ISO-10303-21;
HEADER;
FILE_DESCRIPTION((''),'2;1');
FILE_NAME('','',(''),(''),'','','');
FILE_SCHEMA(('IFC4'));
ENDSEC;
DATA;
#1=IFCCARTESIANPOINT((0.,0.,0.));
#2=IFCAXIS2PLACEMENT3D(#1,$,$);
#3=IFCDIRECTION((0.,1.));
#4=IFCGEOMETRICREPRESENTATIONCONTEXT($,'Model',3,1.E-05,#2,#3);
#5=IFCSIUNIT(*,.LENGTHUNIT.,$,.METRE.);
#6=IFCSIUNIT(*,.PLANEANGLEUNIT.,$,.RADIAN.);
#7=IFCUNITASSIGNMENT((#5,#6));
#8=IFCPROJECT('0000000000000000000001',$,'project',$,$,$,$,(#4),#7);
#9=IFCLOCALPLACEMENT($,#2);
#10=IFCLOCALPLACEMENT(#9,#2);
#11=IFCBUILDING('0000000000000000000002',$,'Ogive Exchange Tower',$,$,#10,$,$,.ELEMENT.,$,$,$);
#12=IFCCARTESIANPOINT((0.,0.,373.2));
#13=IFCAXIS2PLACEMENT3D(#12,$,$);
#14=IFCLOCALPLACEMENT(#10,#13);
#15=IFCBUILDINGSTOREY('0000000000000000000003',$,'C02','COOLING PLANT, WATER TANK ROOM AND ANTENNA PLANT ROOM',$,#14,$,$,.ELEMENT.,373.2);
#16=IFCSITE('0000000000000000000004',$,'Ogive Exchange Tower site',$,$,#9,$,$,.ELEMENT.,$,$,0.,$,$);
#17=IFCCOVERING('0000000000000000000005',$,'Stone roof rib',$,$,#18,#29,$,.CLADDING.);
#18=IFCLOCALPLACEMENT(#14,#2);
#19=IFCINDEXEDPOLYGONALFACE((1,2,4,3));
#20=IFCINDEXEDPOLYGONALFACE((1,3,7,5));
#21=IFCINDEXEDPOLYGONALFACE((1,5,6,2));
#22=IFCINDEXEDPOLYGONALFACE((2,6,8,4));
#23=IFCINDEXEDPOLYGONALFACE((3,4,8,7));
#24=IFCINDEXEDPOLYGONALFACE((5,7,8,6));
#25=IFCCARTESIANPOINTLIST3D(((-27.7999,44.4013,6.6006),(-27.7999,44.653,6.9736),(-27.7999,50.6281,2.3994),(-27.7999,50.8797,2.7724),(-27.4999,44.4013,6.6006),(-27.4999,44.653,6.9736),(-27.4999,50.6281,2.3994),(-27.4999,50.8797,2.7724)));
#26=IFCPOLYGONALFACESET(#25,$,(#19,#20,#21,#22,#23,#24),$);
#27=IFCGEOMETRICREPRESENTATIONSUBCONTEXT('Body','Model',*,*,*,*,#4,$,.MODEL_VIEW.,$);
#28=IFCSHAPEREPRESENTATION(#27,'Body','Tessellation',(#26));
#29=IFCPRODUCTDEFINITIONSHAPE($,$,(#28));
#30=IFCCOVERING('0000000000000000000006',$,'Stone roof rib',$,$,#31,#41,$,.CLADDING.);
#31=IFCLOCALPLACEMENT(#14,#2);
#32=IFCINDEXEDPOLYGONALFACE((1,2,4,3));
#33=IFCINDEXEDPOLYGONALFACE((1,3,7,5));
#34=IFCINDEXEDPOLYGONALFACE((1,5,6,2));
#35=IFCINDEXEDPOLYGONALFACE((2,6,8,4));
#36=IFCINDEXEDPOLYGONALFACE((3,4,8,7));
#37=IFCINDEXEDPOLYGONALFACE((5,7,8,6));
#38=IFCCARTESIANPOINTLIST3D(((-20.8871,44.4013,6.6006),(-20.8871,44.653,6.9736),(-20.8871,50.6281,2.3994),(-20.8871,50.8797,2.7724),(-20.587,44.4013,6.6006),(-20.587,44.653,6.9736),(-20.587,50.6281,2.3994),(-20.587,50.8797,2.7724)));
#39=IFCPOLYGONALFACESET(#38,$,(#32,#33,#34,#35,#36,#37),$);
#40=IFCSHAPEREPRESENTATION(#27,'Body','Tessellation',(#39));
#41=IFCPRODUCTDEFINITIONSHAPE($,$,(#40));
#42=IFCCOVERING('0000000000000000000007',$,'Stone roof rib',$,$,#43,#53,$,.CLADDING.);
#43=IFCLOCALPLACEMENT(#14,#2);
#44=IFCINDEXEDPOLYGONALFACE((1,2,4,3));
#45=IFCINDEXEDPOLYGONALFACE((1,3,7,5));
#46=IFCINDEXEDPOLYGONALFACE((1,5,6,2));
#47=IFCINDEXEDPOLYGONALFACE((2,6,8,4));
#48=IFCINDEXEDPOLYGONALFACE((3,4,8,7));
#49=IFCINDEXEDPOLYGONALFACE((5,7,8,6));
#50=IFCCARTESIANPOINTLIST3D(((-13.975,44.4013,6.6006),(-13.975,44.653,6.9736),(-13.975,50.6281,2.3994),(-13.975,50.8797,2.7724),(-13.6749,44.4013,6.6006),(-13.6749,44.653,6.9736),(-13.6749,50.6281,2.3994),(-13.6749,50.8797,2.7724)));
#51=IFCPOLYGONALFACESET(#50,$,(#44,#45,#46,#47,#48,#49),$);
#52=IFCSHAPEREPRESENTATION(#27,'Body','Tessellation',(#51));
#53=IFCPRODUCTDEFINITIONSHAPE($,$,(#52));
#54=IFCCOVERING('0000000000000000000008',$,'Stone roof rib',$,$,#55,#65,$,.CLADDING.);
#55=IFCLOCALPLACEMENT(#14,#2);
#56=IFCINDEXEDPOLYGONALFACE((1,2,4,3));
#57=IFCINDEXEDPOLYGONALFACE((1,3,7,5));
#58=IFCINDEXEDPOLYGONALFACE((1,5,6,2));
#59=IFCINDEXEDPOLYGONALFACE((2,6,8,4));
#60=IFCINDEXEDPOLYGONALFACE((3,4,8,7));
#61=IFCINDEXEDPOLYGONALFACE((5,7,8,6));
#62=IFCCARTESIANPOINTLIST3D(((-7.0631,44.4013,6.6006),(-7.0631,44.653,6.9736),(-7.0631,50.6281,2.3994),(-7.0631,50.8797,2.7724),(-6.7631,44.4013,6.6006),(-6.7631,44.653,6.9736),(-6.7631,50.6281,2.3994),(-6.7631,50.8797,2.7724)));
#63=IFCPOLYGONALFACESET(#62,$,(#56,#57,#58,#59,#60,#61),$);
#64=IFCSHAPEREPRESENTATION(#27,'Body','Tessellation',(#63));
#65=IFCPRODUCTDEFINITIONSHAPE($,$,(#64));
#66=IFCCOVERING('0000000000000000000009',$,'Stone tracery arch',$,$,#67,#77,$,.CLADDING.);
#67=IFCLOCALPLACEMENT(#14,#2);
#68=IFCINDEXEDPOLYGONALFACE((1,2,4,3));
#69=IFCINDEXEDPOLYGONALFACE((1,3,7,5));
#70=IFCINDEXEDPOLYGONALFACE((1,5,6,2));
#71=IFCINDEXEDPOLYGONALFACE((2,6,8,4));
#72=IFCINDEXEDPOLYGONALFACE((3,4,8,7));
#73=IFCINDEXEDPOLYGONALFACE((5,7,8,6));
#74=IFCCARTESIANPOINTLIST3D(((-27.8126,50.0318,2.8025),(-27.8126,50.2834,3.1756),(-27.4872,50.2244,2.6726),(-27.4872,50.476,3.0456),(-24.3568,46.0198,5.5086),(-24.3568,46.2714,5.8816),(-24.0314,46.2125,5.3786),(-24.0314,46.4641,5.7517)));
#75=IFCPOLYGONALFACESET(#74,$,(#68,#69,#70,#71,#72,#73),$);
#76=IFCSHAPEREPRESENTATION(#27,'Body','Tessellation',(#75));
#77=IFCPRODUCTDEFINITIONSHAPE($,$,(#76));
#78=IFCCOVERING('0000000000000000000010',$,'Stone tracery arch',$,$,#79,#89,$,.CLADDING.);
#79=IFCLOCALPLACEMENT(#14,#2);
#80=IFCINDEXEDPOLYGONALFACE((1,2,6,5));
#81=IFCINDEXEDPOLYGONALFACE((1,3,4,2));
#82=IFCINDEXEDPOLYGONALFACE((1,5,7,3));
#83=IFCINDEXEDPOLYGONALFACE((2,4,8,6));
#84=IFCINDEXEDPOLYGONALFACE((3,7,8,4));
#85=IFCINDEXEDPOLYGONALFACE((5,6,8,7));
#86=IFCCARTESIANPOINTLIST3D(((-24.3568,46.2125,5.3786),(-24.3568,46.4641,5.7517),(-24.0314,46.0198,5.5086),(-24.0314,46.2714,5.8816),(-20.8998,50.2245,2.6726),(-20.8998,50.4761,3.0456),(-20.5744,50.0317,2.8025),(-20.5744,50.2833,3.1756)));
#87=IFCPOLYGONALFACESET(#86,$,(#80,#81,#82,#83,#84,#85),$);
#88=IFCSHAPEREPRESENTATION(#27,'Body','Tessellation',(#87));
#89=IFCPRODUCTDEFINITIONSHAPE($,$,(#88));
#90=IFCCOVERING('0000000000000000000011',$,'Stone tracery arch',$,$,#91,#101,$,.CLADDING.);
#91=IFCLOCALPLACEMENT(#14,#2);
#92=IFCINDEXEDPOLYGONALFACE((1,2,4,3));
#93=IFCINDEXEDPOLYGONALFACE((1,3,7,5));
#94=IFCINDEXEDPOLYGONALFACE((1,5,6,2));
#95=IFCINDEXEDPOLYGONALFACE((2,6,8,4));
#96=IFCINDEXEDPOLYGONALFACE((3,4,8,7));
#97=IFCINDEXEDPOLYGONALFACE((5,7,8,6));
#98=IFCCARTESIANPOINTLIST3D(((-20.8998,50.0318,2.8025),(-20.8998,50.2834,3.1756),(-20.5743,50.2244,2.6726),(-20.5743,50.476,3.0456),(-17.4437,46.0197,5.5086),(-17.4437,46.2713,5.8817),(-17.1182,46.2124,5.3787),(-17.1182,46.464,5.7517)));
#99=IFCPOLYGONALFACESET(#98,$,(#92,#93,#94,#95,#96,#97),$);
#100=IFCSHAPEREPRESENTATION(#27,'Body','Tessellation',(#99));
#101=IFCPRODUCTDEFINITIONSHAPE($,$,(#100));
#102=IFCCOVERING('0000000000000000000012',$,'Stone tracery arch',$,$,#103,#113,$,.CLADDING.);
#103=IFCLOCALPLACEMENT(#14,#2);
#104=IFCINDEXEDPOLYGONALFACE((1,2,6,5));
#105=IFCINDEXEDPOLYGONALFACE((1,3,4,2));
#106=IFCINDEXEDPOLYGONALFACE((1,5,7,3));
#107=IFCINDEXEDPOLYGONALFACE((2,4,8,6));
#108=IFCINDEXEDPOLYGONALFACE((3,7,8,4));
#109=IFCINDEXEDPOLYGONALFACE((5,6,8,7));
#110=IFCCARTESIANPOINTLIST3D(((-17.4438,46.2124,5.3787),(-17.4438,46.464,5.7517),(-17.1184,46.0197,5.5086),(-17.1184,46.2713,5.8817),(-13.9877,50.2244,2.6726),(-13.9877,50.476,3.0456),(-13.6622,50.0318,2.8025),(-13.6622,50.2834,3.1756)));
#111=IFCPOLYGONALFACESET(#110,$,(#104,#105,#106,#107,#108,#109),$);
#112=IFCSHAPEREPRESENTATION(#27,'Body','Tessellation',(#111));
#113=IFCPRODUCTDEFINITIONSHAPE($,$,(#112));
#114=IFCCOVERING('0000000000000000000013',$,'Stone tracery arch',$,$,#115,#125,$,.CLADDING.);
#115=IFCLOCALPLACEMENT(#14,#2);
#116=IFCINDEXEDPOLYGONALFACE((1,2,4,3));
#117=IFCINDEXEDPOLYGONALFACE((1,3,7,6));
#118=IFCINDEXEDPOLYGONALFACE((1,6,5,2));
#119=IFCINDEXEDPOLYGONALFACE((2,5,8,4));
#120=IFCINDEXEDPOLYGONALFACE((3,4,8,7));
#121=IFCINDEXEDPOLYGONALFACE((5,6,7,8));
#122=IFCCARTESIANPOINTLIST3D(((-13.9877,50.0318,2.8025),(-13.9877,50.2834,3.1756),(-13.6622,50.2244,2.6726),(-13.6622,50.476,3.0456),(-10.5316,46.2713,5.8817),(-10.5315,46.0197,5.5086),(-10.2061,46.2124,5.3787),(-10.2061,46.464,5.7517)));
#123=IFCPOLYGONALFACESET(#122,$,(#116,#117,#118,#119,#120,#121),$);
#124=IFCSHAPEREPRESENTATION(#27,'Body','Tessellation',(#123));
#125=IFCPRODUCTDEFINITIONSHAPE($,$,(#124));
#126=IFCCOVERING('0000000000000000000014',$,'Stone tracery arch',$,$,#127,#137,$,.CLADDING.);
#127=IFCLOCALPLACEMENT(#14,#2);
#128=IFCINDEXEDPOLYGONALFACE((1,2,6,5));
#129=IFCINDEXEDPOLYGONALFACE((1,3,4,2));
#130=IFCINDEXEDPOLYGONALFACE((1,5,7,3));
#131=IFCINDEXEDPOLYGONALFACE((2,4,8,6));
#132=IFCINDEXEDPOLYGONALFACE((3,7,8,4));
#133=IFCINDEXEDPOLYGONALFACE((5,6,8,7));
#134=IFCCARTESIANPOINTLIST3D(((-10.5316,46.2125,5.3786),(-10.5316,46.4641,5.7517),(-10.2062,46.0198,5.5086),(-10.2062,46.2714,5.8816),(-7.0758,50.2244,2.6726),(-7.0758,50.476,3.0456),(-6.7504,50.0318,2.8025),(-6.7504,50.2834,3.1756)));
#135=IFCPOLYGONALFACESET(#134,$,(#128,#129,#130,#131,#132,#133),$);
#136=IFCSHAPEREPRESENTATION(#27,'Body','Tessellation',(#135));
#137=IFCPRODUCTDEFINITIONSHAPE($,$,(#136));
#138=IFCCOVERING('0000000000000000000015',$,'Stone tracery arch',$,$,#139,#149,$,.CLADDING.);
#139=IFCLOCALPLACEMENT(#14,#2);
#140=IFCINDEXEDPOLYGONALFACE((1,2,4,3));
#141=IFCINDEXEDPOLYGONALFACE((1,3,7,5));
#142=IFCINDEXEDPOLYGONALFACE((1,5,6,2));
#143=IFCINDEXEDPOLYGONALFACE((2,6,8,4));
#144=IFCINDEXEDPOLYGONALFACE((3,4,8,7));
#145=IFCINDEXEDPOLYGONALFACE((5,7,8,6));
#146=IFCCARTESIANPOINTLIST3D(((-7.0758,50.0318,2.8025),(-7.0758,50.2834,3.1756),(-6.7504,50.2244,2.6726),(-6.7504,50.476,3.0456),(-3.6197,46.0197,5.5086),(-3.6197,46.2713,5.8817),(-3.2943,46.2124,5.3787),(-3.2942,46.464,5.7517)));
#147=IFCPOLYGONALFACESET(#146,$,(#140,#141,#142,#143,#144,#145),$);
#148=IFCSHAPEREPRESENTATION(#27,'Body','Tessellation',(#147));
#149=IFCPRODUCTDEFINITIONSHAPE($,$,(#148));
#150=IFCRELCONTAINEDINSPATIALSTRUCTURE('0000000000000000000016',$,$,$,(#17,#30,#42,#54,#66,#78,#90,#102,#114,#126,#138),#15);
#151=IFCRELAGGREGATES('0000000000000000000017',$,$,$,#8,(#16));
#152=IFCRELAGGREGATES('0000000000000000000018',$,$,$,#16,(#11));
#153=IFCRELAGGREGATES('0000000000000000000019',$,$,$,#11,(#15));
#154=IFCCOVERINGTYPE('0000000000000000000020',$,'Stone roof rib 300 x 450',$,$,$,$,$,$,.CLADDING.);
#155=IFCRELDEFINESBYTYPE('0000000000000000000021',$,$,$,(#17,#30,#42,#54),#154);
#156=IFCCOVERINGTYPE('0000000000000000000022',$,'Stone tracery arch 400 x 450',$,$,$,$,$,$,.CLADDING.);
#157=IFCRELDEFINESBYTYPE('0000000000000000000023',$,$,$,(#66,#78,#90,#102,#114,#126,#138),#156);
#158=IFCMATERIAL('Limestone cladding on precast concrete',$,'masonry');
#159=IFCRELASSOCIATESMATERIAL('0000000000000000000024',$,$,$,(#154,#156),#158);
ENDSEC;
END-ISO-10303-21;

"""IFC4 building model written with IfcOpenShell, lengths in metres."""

from ifc_helpers import new_model, si_unit, direction, frame, origin, origin_2d, place, context, subcontext, project, spatial, rectangle, extrude, material, material_profile, profile_set, type_object, element, save


model = new_model("IFC4")

# Units and contexts
model_context = context("Model", 3, precision=1e-05, world=origin(), true_north=direction((0.0, 1.0)))
body_context = subcontext(model_context, "Body", "Model", "MODEL_VIEW")
ifc_project = project(units=[si_unit("LENGTHUNIT", "METRE"), si_unit("PLANEANGLEUNIT", "RADIAN")], contexts=[model_context])

# Site, building, storey
site_placement = place(None, origin())
site = spatial("IfcSite", under=ifc_project, at=site_placement, Name="Ogive Exchange Tower site", CompositionType="ELEMENT", RefElevation=0.0)
building_placement = place(site_placement, origin())
building = spatial("IfcBuilding", under=site, at=building_placement, Name="Ogive Exchange Tower", CompositionType="ELEMENT")
storey_placement = place(building_placement, frame((0.0, 0.0, 373.2)))
storey = spatial("IfcBuildingStorey", under=building, at=storey_placement, Name="C02", Description="COOLING PLANT, WATER TANK ROOM AND ANTENNA PLANT ROOM", CompositionType="ELEMENT", Elevation=373.2)

# Coverings
ifc_material_1 = material(Name="Limestone cladding on precast concrete", Category="masonry")
ifc_material_profile_1 = material_profile(ifc_material_1, rectangle(XDim=0.3, YDim=0.45, at=origin_2d()), Name="RIB 300 x 450")
ifc_profile_set_1 = profile_set([ifc_material_profile_1], Name="Limestone cladding on precast concrete")
covering_type_1 = type_object("IfcCoveringType", Name="Stone roof rib 300 x 450", PredefinedType="CLADDING", material=ifc_profile_set_1)
for number, where, z_axis, x_axis, name in (
    (1, (-27.6499, 50.7539, 2.5859), (0.0, -0.828967, 0.559297), (1.0, 0.0, 0.0), "Stone roof rib"),
    (2, (-20.7371, 50.7539, 2.5859), (0.0, -0.828967, 0.559297), (1.0, 0.0, 0.0), "Stone roof rib"),
    (3, (-13.825, 50.7539, 2.5859), (0.0, -0.828967, 0.559297), (1.0, 0.0, 0.0), "Stone roof rib"),
    (4, (-6.9131, 50.7539, 2.5859), (0.0, -0.828967, 0.559297), (1.0, 0.0, 0.0), "Stone roof rib"),
):
    element("IfcCovering", number, at=place(storey_placement, frame(where, z_axis=z_axis, x_axis=x_axis)), inside=storey, type_object=covering_type_1, Name=name, PredefinedType="CLADDING", context=body_context, shape_type="SweptSolid", body=[
        extrude(rectangle(XDim=0.3, YDim=0.45, at=origin_2d()), origin(), (0.0, 0.0, 1.0), 7.5115),
    ])
ifc_material_profile_2 = material_profile(ifc_material_1, rectangle(XDim=0.3999, YDim=0.45, at=origin_2d()), Name="TRACERY 400 x 450")
ifc_profile_set_2 = profile_set([ifc_material_profile_2], Name="Limestone cladding on precast concrete")
covering_type_2 = type_object("IfcCoveringType", Name="Stone tracery arch 400 x 450", PredefinedType="CLADDING", material=ifc_profile_set_2)
covering_1_placement = place(storey_placement, frame((-27.6499, 50.2539, 2.9241), z_axis=(0.581148, -0.674673, 0.455065), x_axis=(0.813798, 0.481769, -0.325009)))
element("IfcCovering", 5, at=covering_1_placement, inside=storey, type_object=covering_type_2, Name="Stone tracery arch", PredefinedType="CLADDING", context=body_context, shape_type="SweptSolid", body=[
    extrude(rectangle(XDim=0.3999, YDim=0.45, at=origin_2d()), origin(), (0.0, 0.0, 1.0), 5.9465),
])
covering_2_placement = place(storey_placement, frame((-20.7371, 50.2539, 2.9241), z_axis=(-0.581283, -0.674593, 0.45501), x_axis=(0.813701, -0.481926, 0.325019)))
element("IfcCovering", 6, at=covering_2_placement, inside=storey, type_object=covering_type_2, Name="Stone tracery arch", PredefinedType="CLADDING", context=body_context, shape_type="SweptSolid", body=[
    extrude(rectangle(XDim=0.3999, YDim=0.45, at=origin_2d()), origin(), (0.0, 0.0, 1.0), 5.9473),
])
for number, where, z_axis, x_axis, name in (
    (7, (-20.7371, 50.2539, 2.9241), (0.581175, -0.674657, 0.455054), (0.813779, 0.48182, -0.324982), "Stone tracery arch"),
    (8, (-13.825, 50.2539, 2.9241), (-0.581175, -0.674657, 0.455054), (0.813779, -0.48182, 0.324982), "Stone tracery arch"),
    (9, (-13.825, 50.2539, 2.9241), (0.581175, -0.674657, 0.455054), (0.813779, 0.48182, -0.324982), "Stone tracery arch"),
):
    element("IfcCovering", number, at=place(storey_placement, frame(where, z_axis=z_axis, x_axis=x_axis)), inside=storey, type_object=covering_type_2, Name=name, PredefinedType="CLADDING", context=body_context, shape_type="SweptSolid", body=[
        extrude(rectangle(XDim=0.3999, YDim=0.45, at=origin_2d()), origin(), (0.0, 0.0, 1.0), 5.9468),
    ])
covering_3_placement = place(storey_placement, frame((-6.9131, 50.2539, 2.9241), z_axis=(-0.581148, -0.674673, 0.455065), x_axis=(0.813798, -0.481789, 0.32498)))
element("IfcCovering", 10, at=covering_3_placement, inside=storey, type_object=covering_type_2, Name="Stone tracery arch", PredefinedType="CLADDING", context=body_context, shape_type="SweptSolid", body=[
    extrude(rectangle(XDim=0.3999, YDim=0.45, at=origin_2d()), origin(), (0.0, 0.0, 1.0), 5.9465),
])
covering_4_placement = place(storey_placement, frame((-6.9131, 50.2539, 2.9241), z_axis=(0.581175, -0.674657, 0.455054), x_axis=(0.813779, 0.481801, -0.325011)))
element("IfcCovering", 11, at=covering_4_placement, inside=storey, type_object=covering_type_2, Name="Stone tracery arch", PredefinedType="CLADDING", context=body_context, shape_type="SweptSolid", body=[
    extrude(rectangle(XDim=0.3999, YDim=0.45, at=origin_2d()), origin(), (0.0, 0.0, 1.0), 5.9468),
])

save(model, "model.ifc")
